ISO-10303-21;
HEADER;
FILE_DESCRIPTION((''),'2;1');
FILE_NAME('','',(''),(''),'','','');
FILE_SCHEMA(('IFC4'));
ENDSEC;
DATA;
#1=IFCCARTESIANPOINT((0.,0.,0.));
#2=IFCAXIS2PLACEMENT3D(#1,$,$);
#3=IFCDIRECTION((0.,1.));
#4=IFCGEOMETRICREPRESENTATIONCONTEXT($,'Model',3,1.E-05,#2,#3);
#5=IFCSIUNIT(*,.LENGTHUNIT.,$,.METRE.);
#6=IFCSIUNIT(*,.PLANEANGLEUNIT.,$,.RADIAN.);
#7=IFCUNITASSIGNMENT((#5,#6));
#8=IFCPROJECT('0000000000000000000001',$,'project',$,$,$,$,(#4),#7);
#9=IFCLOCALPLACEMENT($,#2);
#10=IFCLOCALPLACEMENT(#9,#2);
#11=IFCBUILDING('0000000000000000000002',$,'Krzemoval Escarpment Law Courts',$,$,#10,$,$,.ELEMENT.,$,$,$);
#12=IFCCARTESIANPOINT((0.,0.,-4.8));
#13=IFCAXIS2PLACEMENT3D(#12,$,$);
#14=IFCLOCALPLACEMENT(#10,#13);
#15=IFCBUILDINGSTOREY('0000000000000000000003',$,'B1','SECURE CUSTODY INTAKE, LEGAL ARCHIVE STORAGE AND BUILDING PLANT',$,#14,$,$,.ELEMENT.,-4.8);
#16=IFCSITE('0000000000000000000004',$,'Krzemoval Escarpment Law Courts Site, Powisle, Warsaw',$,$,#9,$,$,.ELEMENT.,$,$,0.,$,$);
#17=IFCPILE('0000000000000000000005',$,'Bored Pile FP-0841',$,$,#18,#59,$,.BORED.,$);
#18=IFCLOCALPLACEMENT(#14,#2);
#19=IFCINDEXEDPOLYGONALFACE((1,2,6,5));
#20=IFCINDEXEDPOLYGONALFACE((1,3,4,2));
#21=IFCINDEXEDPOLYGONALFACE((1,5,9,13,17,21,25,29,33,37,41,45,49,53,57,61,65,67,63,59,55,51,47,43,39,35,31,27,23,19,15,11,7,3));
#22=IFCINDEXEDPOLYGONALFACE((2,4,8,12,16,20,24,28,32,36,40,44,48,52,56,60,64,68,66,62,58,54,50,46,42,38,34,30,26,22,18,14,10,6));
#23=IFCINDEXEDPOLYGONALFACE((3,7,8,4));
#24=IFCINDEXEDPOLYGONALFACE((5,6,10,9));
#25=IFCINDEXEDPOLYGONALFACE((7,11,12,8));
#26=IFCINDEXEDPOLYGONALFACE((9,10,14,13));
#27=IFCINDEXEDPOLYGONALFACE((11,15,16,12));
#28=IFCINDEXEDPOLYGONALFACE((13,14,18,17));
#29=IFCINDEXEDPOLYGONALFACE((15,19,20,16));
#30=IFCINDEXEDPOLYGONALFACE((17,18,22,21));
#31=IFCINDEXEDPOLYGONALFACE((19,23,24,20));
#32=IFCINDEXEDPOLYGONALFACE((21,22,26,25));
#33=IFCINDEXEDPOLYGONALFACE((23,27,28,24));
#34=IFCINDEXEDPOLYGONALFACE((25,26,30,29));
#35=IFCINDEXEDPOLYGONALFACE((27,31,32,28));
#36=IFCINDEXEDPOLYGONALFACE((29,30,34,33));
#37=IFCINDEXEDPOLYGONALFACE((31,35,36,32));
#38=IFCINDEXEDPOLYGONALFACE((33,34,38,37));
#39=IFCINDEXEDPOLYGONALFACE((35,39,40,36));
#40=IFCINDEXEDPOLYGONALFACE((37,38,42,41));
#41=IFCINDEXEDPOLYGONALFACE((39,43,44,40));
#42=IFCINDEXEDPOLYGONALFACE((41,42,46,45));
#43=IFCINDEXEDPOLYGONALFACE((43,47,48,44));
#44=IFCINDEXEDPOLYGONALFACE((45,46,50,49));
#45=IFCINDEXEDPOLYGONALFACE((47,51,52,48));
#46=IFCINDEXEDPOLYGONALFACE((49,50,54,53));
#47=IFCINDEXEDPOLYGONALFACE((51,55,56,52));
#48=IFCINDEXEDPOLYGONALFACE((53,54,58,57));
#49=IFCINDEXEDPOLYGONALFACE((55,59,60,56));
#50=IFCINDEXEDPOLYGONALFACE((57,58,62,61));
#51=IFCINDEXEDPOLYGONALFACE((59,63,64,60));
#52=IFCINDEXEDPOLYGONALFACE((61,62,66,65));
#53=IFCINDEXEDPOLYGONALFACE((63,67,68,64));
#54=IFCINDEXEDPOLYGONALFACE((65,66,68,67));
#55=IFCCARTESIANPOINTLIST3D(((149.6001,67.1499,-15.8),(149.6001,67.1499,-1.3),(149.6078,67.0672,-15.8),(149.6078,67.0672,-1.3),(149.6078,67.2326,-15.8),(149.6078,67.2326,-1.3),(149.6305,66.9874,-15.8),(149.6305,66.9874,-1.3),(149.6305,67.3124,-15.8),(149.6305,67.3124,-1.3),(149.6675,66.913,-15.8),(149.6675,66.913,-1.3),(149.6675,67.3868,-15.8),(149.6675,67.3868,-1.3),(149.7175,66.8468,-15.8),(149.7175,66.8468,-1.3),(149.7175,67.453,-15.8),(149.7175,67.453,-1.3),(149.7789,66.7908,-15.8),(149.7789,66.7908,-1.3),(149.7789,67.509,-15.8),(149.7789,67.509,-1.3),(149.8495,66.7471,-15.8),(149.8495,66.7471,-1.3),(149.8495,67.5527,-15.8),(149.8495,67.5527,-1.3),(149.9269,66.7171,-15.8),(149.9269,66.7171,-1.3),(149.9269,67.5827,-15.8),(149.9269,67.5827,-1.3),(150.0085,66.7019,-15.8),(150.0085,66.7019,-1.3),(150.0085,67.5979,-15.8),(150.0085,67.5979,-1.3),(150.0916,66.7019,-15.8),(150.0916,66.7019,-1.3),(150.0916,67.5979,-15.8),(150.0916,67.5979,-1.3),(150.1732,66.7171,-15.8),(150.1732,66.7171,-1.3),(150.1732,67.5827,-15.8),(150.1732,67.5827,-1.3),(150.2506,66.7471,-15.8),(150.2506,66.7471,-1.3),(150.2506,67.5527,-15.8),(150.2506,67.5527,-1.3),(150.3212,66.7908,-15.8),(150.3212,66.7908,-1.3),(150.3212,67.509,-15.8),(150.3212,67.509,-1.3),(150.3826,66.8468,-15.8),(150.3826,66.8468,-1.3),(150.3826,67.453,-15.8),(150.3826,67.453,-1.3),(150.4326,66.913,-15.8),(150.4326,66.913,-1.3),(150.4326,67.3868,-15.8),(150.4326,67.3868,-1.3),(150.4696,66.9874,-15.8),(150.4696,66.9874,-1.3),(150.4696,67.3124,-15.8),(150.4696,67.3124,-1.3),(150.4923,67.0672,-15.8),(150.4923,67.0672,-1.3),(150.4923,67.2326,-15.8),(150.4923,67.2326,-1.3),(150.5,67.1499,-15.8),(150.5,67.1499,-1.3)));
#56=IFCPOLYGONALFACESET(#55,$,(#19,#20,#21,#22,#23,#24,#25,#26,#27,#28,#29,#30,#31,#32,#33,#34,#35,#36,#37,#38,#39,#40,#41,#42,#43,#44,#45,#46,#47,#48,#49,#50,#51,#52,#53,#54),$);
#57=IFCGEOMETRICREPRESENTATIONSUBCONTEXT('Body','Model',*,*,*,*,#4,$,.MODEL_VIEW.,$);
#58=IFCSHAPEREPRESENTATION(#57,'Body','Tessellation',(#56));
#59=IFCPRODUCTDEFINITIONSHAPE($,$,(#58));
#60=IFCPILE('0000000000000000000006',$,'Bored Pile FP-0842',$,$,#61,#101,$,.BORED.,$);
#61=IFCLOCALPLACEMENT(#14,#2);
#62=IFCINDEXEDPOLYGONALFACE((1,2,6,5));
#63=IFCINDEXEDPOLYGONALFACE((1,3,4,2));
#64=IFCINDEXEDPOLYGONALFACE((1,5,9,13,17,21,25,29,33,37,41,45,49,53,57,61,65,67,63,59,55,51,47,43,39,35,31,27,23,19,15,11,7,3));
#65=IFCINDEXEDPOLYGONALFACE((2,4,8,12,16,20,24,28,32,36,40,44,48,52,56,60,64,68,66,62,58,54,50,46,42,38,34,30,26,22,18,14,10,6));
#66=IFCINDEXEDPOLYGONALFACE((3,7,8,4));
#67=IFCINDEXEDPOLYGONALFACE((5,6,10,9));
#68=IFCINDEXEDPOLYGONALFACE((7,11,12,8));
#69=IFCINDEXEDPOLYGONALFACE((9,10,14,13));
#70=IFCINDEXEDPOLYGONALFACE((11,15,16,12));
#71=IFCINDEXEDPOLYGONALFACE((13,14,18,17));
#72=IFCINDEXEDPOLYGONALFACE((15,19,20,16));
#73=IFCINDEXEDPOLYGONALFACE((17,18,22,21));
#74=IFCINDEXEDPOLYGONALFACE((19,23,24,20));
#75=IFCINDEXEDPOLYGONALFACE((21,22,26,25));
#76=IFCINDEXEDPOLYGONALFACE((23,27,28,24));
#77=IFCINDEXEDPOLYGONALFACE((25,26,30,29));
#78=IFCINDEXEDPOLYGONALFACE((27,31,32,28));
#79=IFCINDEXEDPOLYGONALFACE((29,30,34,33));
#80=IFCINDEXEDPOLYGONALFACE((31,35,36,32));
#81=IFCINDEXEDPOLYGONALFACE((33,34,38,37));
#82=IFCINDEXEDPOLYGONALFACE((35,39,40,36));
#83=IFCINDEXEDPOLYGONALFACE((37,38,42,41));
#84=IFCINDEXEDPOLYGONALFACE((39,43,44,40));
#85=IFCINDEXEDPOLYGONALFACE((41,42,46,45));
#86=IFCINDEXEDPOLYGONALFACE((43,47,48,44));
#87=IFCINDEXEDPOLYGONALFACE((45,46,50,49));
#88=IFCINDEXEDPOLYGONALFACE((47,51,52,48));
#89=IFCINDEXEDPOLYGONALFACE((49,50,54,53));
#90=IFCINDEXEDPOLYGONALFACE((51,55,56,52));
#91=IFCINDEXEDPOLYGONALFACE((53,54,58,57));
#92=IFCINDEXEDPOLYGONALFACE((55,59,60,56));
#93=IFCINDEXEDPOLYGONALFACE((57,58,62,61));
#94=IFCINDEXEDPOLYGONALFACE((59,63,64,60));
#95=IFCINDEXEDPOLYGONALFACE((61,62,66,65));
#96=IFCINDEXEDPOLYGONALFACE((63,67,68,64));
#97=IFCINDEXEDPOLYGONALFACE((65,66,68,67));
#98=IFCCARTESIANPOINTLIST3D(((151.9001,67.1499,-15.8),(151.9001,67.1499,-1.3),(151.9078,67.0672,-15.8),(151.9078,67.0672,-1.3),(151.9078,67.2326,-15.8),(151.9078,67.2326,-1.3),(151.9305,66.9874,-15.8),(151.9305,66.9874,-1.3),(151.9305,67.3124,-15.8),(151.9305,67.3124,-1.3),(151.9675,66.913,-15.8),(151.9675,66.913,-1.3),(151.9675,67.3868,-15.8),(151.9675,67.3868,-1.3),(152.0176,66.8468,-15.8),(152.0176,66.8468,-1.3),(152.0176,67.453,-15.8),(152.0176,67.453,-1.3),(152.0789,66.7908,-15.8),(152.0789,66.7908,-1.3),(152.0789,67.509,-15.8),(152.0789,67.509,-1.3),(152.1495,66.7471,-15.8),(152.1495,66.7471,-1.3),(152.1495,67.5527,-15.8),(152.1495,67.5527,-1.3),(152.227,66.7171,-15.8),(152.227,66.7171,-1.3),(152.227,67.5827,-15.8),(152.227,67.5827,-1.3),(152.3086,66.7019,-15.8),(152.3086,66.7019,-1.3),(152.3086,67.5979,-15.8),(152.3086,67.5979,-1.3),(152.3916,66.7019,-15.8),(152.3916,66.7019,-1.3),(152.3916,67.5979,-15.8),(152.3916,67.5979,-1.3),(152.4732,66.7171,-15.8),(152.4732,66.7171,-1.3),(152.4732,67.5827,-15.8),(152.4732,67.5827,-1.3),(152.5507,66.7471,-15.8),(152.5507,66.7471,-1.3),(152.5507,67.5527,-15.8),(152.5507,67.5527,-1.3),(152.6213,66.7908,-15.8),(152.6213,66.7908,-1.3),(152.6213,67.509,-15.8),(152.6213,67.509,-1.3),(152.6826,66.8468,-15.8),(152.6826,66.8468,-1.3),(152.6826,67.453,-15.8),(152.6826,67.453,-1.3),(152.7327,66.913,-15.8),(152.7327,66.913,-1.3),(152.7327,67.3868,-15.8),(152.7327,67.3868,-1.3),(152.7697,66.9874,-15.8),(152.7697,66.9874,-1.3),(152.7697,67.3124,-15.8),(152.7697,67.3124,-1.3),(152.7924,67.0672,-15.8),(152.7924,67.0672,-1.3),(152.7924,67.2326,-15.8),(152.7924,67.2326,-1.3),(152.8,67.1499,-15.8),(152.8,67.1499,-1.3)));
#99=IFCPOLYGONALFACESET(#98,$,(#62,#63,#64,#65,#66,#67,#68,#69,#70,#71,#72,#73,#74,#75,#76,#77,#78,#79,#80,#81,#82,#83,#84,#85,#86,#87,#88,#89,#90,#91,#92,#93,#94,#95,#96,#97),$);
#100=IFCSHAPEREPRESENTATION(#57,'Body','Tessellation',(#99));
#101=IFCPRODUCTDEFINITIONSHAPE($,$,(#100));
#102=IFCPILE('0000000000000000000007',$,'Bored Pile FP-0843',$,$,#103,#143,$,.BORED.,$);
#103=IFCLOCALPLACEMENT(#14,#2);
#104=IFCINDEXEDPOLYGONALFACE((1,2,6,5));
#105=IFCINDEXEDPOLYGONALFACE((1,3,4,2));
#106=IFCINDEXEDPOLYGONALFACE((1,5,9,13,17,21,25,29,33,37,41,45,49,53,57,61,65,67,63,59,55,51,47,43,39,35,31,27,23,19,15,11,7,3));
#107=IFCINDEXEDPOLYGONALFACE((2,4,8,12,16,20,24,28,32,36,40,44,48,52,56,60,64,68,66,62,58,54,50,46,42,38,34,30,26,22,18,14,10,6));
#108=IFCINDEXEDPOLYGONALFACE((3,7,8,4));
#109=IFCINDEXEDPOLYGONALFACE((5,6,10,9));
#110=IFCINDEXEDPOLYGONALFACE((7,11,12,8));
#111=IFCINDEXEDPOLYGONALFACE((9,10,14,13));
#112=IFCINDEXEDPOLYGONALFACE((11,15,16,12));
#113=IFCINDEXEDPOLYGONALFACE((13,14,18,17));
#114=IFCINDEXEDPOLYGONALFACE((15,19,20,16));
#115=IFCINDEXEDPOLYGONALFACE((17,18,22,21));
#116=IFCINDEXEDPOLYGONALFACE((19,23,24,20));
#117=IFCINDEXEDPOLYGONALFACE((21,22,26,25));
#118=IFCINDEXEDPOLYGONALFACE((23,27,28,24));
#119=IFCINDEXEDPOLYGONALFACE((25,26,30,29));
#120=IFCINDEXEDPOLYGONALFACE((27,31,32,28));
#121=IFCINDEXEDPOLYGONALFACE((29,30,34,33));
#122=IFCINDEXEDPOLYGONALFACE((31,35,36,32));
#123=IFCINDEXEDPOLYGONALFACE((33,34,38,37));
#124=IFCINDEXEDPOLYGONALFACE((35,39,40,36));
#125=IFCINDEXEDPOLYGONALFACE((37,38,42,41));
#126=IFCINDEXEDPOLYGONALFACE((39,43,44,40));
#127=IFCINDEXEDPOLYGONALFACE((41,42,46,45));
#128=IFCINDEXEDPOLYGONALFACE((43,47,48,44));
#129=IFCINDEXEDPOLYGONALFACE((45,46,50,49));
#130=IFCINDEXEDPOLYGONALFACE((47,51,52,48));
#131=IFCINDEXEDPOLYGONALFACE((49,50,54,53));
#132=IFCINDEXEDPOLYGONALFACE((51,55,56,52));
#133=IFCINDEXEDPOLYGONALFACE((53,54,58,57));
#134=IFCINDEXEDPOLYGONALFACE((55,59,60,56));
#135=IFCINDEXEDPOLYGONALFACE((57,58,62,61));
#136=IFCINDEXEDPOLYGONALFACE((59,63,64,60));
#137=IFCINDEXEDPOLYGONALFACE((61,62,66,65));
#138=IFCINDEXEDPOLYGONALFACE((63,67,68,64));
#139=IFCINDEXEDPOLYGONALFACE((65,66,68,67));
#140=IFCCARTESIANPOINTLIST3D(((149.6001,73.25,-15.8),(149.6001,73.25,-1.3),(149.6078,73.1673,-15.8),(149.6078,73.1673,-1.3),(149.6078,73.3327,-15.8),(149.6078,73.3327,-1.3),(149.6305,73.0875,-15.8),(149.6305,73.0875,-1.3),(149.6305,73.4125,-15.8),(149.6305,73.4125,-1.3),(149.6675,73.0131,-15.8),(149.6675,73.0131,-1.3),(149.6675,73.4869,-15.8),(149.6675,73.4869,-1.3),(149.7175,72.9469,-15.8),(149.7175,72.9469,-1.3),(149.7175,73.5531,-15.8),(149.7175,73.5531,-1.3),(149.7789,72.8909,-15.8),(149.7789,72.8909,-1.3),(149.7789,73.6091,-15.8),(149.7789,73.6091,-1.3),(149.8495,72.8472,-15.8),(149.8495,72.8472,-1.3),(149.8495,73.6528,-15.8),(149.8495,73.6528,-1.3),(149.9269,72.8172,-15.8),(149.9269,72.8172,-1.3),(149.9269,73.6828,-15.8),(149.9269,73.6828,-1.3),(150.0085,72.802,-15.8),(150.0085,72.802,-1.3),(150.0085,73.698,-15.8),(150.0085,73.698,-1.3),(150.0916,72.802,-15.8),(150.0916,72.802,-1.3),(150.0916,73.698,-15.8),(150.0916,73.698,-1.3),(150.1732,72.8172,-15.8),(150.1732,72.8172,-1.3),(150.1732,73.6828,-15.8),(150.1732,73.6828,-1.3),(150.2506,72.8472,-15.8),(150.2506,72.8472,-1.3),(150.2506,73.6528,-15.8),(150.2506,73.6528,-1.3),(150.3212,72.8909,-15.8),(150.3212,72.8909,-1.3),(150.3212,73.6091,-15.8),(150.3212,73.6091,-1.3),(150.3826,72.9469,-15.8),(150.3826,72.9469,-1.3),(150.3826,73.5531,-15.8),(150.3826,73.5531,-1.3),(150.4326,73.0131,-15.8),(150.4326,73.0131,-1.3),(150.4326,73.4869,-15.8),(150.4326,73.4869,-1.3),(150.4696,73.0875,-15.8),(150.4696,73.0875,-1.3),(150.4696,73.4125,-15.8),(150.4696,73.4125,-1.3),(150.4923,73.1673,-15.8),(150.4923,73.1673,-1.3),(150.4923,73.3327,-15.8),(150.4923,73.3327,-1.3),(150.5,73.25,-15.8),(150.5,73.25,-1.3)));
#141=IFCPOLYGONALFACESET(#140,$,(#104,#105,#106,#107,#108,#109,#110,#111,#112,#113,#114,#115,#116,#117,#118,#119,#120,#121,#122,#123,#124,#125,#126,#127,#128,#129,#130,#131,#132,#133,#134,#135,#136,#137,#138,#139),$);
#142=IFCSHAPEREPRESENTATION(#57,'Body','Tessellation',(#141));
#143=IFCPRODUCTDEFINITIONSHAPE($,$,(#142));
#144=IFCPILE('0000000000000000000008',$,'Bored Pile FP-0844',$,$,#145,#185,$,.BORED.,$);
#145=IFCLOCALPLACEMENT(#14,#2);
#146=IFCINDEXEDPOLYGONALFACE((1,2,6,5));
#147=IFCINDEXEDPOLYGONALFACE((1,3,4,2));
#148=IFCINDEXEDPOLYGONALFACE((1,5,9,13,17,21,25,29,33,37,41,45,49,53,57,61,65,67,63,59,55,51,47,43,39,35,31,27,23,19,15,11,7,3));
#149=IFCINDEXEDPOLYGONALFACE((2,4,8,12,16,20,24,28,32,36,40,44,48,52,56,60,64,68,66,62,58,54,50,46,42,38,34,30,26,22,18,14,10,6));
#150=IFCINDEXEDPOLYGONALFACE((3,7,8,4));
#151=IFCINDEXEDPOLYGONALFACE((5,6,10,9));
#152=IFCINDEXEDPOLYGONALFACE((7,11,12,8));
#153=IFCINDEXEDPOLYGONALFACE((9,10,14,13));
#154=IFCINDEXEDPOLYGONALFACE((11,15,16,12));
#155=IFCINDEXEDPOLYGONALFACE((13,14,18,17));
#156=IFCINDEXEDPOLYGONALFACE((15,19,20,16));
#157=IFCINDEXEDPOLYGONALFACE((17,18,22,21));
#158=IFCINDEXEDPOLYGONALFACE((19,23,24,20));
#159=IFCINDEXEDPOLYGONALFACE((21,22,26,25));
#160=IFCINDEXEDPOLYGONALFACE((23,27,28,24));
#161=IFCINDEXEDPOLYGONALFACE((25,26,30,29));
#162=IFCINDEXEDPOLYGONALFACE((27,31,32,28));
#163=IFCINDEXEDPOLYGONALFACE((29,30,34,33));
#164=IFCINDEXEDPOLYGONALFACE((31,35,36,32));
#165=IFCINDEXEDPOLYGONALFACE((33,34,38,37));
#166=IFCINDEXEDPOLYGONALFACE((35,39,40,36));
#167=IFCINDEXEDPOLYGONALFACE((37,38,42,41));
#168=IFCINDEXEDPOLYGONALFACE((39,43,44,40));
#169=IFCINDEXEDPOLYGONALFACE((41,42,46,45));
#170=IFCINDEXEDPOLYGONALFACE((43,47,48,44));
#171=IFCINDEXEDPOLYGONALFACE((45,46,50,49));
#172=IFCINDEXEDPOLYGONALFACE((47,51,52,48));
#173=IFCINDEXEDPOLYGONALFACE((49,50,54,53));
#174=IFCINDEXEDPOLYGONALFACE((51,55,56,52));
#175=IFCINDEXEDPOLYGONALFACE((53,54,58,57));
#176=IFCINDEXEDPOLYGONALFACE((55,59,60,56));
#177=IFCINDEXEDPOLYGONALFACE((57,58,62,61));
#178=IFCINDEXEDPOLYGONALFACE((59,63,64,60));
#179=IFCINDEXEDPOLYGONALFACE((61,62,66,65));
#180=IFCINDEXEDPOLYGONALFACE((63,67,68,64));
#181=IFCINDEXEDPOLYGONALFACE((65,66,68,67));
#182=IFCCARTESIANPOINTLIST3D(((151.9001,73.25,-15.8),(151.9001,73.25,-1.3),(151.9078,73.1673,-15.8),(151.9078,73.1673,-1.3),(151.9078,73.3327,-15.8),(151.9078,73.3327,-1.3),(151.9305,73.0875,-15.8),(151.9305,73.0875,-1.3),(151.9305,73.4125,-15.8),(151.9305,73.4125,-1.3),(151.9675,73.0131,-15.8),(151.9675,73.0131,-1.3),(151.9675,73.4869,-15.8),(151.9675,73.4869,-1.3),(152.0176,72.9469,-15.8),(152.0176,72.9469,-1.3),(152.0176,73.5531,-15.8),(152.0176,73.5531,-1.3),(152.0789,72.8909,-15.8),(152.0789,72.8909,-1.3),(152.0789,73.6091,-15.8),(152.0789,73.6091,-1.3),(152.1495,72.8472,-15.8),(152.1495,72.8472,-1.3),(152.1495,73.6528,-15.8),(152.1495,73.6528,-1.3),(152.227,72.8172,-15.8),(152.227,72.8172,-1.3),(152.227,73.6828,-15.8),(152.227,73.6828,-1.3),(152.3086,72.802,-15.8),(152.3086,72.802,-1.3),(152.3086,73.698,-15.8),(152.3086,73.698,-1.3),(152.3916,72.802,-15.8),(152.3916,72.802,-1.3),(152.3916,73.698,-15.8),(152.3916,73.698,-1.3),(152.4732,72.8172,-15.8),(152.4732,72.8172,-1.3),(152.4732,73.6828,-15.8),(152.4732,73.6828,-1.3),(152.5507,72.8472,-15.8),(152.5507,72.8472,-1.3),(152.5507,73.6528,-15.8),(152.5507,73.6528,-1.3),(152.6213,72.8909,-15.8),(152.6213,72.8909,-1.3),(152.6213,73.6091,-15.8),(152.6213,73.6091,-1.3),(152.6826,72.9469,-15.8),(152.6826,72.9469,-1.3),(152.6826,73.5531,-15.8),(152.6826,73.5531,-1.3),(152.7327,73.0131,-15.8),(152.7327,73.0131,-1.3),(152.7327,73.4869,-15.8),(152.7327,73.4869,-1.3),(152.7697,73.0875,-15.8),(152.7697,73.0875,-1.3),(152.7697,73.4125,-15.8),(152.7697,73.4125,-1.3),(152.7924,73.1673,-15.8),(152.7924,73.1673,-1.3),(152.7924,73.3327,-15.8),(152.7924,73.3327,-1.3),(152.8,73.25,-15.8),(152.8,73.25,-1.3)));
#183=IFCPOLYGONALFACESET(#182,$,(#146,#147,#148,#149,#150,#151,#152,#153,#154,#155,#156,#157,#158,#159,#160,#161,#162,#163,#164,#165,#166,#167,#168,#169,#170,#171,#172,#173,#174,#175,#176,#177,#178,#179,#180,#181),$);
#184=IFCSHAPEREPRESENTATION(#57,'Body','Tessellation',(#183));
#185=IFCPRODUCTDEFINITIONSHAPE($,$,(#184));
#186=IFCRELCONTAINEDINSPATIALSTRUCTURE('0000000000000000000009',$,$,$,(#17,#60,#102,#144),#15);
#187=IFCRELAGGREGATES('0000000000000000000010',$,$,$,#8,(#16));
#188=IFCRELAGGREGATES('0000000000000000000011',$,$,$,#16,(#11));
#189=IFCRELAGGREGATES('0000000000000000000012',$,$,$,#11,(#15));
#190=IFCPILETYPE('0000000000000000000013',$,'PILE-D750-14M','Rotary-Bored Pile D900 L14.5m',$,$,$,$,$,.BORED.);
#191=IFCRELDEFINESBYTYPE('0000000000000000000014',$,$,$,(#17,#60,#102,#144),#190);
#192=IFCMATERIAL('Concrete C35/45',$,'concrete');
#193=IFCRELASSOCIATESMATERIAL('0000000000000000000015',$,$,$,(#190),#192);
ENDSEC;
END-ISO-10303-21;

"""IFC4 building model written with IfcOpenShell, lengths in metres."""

from ifc_helpers import new_model, si_unit, direction, frame, origin, origin_2d, place, context, subcontext, project, spatial, circle, extrude, material, material_profile, profile_set, type_object, element, save


model = new_model("IFC4")

# Units and contexts
model_context = context("Model", 3, precision=1e-05, world=origin(), true_north=direction((0.0, 1.0)))
body_context = subcontext(model_context, "Body", "Model", "MODEL_VIEW")
ifc_project = project(units=[si_unit("LENGTHUNIT", "METRE"), si_unit("PLANEANGLEUNIT", "RADIAN")], contexts=[model_context])

# Site, building, storey
site_placement = place(None, origin())
site = spatial("IfcSite", under=ifc_project, at=site_placement, Name="Krzemoval Escarpment Law Courts Site, Powisle, Warsaw", CompositionType="ELEMENT", RefElevation=0.0)
building_placement = place(site_placement, origin())
building = spatial("IfcBuilding", under=site, at=building_placement, Name="Krzemoval Escarpment Law Courts", CompositionType="ELEMENT")
storey_placement = place(building_placement, frame((0.0, 0.0, -4.8)))
storey = spatial("IfcBuildingStorey", under=building, at=storey_placement, Name="B1", Description="SECURE CUSTODY INTAKE, LEGAL ARCHIVE STORAGE AND BUILDING PLANT", CompositionType="ELEMENT", Elevation=-4.8)

# Piles
ifc_material_1 = material(Name="Concrete C35/45", Category="concrete")
ifc_material_profile_1 = material_profile(ifc_material_1, circle(Radius=0.45, at=origin_2d()), Name="PILE D900")
ifc_profile_set_1 = profile_set([ifc_material_profile_1], Name="Concrete C35/45")
pile_type_1 = type_object("IfcPileType", Name="PILE-D750-14M", Description="Rotary-Bored Pile D900 L14.5m", PredefinedType="BORED", material=ifc_profile_set_1)
for number, where, z_axis, x_axis, name in (
    (1, (150.05, 67.1499, -1.3), (0.0, 0.0, -1.0), (1.0, 0.0, 0.0), "Bored Pile FP-0841"),
    (2, (152.3501, 67.1499, -1.3), (0.0, 0.0, -1.0), (1.0, 0.0, 0.0), "Bored Pile FP-0842"),
    (3, (150.05, 73.25, -1.3), (0.0, 0.0, -1.0), (1.0, 0.0, 0.0), "Bored Pile FP-0843"),
    (4, (152.3501, 73.25, -1.3), (0.0, 0.0, -1.0), (1.0, 0.0, 0.0), "Bored Pile FP-0844"),
):
    element("IfcPile", number, at=place(storey_placement, frame(where, z_axis=z_axis, x_axis=x_axis)), inside=storey, type_object=pile_type_1, Name=name, PredefinedType="BORED", context=body_context, shape_type="SweptSolid", body=[
        extrude(circle(Radius=0.45, at=origin_2d()), origin(), (0.0, 0.0, 1.0), 14.5),
    ])

save(model, "model.ifc")
